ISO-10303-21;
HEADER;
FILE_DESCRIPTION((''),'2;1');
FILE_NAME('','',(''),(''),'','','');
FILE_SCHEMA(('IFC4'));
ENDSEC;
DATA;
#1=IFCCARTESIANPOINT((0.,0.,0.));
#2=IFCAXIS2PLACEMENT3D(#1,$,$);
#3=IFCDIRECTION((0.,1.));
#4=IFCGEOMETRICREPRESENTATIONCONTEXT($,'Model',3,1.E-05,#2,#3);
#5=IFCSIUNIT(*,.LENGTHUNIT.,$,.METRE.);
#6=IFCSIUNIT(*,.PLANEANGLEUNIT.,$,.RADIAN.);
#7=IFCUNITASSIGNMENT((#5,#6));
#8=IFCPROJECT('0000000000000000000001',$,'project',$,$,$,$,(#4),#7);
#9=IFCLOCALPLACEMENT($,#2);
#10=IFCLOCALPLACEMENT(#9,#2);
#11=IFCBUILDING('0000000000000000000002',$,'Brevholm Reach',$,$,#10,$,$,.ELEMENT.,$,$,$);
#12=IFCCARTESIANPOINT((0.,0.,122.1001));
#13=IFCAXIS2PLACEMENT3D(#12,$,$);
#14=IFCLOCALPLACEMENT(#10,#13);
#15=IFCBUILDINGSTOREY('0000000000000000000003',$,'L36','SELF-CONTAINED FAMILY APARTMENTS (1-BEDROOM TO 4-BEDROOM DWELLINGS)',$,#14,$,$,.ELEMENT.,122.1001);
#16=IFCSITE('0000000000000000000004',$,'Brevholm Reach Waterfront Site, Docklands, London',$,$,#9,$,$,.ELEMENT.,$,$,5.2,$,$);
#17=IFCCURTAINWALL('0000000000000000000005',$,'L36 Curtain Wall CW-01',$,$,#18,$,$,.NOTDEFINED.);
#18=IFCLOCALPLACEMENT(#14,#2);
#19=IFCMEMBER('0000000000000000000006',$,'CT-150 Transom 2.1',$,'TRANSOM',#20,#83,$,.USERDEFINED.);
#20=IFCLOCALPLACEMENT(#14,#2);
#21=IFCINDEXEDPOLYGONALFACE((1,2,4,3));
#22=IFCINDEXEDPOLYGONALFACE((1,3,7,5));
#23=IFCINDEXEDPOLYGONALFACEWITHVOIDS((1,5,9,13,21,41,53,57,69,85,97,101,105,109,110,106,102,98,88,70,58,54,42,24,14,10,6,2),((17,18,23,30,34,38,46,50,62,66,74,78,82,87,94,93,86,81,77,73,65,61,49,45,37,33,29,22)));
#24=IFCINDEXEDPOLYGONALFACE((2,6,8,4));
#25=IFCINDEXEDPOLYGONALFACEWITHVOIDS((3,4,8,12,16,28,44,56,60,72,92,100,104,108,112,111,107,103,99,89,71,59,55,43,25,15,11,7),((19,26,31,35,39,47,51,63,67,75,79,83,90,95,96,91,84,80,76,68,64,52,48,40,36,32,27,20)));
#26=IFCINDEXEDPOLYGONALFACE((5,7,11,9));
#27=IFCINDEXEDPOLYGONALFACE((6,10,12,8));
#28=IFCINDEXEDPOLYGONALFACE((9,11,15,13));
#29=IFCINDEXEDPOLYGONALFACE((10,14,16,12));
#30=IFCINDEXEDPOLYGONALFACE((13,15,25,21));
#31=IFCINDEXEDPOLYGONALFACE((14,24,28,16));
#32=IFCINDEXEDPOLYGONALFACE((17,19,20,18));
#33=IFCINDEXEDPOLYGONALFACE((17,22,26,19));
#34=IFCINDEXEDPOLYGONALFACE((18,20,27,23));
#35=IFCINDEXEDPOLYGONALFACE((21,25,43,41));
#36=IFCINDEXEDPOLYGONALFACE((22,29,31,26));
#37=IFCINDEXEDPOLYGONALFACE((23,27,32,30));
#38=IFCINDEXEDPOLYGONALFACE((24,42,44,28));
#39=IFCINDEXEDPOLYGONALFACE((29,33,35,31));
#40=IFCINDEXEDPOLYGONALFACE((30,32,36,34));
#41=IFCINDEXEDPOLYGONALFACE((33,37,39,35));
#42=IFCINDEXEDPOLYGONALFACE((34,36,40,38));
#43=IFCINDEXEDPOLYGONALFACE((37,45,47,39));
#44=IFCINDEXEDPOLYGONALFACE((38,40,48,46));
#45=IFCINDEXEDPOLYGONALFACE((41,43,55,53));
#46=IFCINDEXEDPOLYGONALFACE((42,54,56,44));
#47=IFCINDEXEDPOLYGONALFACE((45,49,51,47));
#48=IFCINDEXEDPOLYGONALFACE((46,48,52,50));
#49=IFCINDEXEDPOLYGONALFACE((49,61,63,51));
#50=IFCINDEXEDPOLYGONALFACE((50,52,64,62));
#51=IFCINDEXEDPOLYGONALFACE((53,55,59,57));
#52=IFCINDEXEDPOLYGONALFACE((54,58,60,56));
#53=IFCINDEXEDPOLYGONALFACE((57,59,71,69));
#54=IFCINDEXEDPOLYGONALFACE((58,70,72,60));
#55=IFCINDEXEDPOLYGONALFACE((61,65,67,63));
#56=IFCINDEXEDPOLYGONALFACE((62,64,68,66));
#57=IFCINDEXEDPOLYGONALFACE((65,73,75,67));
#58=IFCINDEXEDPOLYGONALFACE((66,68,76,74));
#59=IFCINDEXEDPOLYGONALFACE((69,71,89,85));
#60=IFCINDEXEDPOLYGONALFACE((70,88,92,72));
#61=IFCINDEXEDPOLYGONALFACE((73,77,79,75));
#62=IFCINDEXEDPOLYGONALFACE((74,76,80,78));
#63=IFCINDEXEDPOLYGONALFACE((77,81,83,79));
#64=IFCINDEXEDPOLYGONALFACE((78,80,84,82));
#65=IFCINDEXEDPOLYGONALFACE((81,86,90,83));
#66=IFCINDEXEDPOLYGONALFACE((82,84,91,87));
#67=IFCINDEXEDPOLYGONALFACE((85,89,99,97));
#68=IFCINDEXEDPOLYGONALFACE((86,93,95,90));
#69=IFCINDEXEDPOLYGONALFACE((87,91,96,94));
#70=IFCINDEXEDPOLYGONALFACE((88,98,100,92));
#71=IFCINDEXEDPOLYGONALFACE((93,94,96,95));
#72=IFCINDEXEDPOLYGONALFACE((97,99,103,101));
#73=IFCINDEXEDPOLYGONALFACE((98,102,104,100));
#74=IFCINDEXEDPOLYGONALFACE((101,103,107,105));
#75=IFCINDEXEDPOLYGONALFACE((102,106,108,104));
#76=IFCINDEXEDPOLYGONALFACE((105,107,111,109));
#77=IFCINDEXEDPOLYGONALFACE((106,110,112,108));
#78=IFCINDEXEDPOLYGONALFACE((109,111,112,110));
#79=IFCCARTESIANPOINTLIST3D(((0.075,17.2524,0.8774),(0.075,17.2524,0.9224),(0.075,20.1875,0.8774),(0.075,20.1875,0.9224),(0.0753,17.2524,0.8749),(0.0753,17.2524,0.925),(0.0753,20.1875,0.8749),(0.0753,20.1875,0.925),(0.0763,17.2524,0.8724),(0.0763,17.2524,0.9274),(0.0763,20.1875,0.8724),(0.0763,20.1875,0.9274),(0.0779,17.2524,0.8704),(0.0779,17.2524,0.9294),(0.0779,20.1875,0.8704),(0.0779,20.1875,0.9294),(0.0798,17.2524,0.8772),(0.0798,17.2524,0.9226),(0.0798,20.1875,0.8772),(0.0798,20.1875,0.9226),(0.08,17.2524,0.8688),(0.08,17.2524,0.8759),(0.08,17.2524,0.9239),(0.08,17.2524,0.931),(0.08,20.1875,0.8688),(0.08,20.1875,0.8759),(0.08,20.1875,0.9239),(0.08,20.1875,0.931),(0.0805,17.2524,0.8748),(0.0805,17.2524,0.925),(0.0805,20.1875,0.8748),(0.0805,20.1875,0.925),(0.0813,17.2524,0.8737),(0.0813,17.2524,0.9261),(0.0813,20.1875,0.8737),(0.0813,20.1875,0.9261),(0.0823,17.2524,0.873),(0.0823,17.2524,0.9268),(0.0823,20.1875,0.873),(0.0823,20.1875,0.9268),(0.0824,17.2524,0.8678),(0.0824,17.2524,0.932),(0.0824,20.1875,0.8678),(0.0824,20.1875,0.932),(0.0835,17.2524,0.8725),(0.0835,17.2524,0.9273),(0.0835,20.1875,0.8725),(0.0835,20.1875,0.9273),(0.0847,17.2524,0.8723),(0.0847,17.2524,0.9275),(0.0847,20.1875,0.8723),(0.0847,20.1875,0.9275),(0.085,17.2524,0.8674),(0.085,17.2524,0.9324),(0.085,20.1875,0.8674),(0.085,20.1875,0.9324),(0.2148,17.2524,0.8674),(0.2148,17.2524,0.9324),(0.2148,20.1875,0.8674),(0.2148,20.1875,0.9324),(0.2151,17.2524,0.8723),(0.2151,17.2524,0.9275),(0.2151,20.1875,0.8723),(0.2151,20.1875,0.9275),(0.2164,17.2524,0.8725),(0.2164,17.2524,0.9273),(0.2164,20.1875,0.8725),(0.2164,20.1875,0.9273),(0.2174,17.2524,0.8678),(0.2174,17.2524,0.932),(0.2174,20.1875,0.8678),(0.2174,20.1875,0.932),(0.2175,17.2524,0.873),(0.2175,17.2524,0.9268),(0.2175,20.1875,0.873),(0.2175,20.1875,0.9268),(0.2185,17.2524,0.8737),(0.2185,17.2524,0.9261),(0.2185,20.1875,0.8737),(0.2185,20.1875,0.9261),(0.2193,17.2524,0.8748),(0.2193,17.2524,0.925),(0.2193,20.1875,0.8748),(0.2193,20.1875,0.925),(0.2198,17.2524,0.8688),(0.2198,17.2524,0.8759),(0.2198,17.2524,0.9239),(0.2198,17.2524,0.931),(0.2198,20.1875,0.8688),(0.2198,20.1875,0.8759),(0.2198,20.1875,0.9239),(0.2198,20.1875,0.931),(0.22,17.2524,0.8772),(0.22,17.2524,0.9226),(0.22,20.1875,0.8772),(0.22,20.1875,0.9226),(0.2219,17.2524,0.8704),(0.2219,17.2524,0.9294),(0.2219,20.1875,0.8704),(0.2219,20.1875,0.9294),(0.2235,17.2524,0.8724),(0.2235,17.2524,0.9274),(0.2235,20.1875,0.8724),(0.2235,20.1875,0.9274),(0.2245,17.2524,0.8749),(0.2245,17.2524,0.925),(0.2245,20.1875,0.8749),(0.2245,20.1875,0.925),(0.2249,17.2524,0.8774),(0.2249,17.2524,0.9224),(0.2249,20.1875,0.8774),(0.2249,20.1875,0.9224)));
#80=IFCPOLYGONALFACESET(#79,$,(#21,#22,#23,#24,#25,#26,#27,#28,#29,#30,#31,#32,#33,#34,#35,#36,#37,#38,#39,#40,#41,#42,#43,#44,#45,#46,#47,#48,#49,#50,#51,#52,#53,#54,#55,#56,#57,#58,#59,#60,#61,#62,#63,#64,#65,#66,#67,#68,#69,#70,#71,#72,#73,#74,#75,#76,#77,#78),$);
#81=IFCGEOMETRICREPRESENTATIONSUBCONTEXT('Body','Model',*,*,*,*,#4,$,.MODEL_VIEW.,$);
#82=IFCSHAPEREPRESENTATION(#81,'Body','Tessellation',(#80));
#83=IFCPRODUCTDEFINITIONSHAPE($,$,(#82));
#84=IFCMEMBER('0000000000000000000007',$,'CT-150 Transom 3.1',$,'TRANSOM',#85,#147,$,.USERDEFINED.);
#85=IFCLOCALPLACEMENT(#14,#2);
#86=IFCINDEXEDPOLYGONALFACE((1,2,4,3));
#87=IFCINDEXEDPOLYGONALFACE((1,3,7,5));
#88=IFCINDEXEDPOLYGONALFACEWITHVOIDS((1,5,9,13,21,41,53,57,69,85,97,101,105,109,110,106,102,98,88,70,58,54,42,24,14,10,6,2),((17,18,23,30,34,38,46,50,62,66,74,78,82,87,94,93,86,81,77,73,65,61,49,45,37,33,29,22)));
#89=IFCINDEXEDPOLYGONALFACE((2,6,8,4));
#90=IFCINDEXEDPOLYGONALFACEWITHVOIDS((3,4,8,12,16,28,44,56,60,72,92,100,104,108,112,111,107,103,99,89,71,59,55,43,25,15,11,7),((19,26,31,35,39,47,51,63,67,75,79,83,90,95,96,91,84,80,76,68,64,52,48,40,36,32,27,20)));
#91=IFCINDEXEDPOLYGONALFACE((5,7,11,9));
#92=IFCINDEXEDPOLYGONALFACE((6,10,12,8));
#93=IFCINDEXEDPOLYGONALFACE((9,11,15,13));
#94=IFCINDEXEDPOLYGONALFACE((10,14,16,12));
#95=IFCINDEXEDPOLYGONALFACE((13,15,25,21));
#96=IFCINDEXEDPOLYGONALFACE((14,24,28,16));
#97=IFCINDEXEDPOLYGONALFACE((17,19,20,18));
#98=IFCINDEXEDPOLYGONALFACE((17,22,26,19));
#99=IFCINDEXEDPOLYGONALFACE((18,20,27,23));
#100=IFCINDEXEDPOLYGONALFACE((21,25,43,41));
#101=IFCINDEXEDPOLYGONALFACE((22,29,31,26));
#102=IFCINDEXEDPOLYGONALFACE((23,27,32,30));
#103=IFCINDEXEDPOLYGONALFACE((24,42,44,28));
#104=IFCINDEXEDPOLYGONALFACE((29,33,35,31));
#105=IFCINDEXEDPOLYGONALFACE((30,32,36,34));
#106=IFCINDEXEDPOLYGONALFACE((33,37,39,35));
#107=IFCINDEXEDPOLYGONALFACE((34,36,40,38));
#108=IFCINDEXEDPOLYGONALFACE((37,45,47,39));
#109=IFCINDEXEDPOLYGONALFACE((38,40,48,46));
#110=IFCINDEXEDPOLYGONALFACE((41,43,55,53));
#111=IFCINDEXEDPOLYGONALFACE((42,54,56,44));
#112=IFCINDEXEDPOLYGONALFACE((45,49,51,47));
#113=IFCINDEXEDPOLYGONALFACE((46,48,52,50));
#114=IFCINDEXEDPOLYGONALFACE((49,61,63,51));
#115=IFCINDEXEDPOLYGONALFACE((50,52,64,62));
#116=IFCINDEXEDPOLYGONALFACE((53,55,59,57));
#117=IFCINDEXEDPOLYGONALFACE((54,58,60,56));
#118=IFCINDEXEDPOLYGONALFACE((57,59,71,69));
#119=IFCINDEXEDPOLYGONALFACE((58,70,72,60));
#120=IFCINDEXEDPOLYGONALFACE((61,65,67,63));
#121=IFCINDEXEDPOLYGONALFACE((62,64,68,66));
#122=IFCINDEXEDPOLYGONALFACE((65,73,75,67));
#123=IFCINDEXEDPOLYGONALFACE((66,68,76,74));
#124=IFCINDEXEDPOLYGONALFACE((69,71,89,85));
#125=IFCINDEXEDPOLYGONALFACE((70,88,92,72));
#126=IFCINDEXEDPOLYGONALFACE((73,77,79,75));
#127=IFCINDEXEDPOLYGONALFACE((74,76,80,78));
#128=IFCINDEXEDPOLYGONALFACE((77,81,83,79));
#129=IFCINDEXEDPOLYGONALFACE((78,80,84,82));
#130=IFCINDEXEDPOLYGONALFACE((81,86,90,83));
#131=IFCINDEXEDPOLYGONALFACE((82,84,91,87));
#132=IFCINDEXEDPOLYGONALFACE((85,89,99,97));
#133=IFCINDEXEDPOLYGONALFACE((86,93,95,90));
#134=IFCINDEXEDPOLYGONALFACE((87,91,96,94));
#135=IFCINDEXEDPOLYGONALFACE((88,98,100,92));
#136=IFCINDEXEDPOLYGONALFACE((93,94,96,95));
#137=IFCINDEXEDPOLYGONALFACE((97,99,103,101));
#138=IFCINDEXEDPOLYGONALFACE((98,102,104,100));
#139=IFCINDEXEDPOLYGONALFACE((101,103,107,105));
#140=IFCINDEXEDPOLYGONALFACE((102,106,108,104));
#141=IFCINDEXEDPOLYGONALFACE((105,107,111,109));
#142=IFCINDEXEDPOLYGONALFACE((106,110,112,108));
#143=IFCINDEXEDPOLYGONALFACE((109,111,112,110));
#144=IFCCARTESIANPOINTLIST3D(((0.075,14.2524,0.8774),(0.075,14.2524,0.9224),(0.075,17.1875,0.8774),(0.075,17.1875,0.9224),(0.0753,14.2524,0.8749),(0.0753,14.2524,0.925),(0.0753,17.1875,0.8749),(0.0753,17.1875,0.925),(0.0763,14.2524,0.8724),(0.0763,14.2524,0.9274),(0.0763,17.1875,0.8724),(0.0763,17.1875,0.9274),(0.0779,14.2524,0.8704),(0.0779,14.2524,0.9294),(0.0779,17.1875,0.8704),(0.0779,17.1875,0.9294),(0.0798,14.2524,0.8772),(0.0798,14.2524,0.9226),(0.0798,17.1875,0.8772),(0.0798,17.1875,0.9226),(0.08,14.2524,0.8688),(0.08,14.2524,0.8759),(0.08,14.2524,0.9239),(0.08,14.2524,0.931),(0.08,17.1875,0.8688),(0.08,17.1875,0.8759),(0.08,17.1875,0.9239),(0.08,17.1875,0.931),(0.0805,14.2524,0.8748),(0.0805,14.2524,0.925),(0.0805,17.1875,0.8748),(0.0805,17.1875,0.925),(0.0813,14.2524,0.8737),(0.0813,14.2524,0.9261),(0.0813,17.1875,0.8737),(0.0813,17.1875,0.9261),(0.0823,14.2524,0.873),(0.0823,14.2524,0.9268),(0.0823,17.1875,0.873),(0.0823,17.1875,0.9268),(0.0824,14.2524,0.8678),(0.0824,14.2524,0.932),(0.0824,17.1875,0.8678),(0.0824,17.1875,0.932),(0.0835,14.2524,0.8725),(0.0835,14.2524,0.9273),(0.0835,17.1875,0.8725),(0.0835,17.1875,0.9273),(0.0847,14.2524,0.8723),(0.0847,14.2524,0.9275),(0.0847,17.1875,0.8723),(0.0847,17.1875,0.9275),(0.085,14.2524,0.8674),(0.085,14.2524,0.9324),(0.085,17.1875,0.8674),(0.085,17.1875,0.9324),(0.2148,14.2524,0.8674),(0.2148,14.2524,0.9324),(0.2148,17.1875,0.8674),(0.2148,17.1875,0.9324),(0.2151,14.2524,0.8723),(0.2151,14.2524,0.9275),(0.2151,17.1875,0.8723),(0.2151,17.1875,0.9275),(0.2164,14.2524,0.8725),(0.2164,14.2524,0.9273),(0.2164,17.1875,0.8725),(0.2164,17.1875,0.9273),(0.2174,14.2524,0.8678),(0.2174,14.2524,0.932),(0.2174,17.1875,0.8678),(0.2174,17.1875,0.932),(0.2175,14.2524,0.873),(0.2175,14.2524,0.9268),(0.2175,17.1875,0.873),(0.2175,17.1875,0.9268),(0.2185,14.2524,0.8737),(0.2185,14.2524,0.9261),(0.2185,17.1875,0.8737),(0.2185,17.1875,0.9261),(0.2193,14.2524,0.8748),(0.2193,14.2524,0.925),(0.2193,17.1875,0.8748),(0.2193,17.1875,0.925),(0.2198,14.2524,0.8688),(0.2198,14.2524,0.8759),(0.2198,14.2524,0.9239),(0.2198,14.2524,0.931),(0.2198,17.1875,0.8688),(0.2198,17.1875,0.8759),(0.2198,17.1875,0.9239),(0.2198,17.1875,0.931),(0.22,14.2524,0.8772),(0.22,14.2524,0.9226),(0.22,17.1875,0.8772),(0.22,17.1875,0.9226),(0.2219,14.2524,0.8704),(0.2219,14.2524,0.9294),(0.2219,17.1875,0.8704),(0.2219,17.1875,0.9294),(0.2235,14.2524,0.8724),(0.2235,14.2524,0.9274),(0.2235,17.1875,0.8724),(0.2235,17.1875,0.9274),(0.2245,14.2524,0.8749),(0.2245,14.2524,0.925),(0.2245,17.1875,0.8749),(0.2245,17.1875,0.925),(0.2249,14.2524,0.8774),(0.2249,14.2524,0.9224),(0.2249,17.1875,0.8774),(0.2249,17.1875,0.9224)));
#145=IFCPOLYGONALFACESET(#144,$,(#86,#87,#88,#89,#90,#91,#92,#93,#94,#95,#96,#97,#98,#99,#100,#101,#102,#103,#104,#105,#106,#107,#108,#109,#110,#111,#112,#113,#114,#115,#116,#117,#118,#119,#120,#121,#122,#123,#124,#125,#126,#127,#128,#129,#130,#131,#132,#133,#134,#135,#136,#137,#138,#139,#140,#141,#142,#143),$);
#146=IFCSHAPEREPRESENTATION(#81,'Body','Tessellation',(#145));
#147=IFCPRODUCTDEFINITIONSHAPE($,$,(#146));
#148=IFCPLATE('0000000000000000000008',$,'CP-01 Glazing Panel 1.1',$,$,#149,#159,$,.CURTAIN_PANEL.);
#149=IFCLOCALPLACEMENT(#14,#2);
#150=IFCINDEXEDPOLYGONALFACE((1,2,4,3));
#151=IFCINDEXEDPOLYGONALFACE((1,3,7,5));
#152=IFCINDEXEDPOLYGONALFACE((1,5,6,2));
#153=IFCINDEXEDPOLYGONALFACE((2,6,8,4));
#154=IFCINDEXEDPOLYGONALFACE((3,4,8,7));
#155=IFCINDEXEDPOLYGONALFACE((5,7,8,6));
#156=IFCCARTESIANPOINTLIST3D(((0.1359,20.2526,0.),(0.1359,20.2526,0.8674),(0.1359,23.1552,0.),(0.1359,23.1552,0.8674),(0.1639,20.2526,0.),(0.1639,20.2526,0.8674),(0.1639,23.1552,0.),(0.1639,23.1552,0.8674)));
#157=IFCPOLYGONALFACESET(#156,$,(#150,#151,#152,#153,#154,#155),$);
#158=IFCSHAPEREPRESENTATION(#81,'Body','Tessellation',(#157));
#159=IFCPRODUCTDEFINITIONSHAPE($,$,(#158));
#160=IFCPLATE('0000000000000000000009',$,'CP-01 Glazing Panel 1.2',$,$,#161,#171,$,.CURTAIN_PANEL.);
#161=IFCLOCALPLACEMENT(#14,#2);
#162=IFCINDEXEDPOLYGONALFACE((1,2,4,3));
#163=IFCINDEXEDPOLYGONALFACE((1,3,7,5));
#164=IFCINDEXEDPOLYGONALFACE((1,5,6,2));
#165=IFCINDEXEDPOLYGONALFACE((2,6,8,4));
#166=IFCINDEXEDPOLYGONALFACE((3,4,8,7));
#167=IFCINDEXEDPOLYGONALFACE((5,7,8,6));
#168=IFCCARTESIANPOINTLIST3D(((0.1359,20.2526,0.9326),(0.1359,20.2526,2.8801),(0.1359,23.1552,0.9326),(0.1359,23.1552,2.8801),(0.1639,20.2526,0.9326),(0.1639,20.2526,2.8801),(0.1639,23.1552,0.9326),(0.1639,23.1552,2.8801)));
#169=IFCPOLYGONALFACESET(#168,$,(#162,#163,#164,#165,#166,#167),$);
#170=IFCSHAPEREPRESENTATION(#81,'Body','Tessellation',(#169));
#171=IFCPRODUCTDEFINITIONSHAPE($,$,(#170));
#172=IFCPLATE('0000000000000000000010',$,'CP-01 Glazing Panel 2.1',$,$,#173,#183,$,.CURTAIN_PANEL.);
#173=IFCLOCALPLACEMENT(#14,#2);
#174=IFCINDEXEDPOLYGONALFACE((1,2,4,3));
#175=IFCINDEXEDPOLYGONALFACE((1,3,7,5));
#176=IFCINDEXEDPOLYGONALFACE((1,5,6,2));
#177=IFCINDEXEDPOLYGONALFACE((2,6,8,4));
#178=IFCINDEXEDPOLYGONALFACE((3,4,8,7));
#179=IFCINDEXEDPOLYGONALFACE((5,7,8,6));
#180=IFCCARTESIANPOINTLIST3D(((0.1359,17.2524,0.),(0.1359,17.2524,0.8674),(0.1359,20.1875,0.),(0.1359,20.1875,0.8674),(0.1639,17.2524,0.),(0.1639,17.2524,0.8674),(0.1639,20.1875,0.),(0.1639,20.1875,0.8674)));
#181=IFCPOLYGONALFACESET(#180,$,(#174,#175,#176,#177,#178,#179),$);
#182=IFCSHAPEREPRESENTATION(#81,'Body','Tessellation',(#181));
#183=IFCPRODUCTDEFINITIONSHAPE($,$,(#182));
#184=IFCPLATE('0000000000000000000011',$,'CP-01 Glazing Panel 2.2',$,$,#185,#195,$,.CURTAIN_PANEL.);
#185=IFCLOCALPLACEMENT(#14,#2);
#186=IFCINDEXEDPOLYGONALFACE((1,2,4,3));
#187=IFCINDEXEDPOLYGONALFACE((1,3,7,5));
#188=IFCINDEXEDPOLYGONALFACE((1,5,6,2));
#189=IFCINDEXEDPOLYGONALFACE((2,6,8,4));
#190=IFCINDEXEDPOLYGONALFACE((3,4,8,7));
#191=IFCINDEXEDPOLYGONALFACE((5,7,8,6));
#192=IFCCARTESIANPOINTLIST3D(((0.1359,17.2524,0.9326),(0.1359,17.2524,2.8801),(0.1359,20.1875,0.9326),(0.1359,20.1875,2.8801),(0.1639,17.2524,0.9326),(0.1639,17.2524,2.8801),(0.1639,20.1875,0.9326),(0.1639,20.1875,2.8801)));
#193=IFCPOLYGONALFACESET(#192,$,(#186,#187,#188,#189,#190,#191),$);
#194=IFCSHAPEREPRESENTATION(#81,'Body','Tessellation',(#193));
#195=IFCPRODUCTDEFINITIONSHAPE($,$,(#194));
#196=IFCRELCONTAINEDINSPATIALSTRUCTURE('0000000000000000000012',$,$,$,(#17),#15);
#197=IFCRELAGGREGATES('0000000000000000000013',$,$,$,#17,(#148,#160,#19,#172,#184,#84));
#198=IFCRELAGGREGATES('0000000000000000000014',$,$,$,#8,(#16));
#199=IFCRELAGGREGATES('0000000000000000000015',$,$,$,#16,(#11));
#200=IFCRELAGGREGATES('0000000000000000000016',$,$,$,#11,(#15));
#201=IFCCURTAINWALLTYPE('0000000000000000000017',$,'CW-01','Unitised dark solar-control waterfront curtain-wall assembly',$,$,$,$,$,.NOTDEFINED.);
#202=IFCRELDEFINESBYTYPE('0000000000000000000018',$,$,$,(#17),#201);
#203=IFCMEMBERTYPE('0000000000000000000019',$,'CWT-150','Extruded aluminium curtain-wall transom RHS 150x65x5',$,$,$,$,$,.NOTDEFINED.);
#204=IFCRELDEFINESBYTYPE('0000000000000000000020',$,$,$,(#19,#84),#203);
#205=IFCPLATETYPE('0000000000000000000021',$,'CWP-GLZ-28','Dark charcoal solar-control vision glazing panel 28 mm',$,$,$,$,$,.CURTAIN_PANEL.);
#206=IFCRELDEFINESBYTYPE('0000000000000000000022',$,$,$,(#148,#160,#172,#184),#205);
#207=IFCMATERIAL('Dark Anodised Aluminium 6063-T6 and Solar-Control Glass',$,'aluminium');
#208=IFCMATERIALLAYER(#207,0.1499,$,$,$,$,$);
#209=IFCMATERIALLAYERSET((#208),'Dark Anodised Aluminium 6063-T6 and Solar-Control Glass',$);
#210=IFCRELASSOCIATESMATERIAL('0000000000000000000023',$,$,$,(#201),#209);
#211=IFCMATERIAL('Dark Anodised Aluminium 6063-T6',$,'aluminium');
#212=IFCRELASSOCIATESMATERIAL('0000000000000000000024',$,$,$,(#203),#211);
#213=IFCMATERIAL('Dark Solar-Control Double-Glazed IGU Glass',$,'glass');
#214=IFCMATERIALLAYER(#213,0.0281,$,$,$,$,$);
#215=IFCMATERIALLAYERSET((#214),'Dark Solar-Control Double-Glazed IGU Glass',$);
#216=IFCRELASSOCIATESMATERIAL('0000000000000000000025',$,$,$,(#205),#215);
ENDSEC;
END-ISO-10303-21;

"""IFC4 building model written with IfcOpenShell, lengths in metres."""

from ifc_helpers import new_model, si_unit, direction, frame, origin, origin_2d, place, context, subcontext, project, spatial, rectangle, hollow_rectangle, extrude, material, layer, layer_set, material_profile, profile_set, type_object, element, aggregate, save


model = new_model("IFC4")

# Units and contexts
model_context = context("Model", 3, precision=1e-05, world=origin(), true_north=direction((0.0, 1.0)))
body_context = subcontext(model_context, "Body", "Model", "MODEL_VIEW")
ifc_project = project(units=[si_unit("LENGTHUNIT", "METRE"), si_unit("PLANEANGLEUNIT", "RADIAN")], contexts=[model_context])

# Site, building, storey
site_placement = place(None, origin())
site = spatial("IfcSite", under=ifc_project, at=site_placement, Name="Brevholm Reach Waterfront Site, Docklands, London", CompositionType="ELEMENT", RefElevation=5.2)
building_placement = place(site_placement, origin())
building = spatial("IfcBuilding", under=site, at=building_placement, Name="Brevholm Reach", CompositionType="ELEMENT")
storey_placement = place(building_placement, frame((0.0, 0.0, 122.1001)))
storey = spatial("IfcBuildingStorey", under=building, at=storey_placement, Name="L36", Description="SELF-CONTAINED FAMILY APARTMENTS (1-BEDROOM TO 4-BEDROOM DWELLINGS)", CompositionType="ELEMENT", Elevation=122.1001)

# Curtain wall, members, plates
ifc_material_1 = material(Name="Dark Anodised Aluminium 6063-T6 and Solar-Control Glass", Category="aluminium")
ifc_layer_1 = layer(ifc_material_1, 0.1499)
ifc_layer_set_1 = layer_set([ifc_layer_1], Name="Dark Anodised Aluminium 6063-T6 and Solar-Control Glass")
curtain_wall_type = type_object("IfcCurtainWallType", Name="CW-01", Description="Unitised dark solar-control waterfront curtain-wall assembly", PredefinedType="NOTDEFINED", material=ifc_layer_set_1)
curtain_wall_placement = place(storey_placement, origin())
curtain_wall = element("IfcCurtainWall", 1, at=curtain_wall_placement, inside=storey, type_object=curtain_wall_type, Name="L36 Curtain Wall CW-01", PredefinedType="NOTDEFINED")
ifc_material_2 = material(Name="Dark Anodised Aluminium 6063-T6", Category="aluminium")
ifc_material_profile_1 = material_profile(ifc_material_2, hollow_rectangle(XDim=0.0649, YDim=0.1499, WallThickness=0.0049, InnerFilletRadius=0.0049, OuterFilletRadius=0.01, at=origin_2d()), Name="RHS 150x65x5")
ifc_profile_set_1 = profile_set([ifc_material_profile_1], Name="Dark Anodised Aluminium 6063-T6")
member_type_1 = type_object("IfcMemberType", Name="CWT-150", Description="Extruded aluminium curtain-wall transom RHS 150x65x5", PredefinedType="NOTDEFINED", material=ifc_profile_set_1)
member_1_placement = place(storey_placement, frame((0.1499, 20.1875, 0.8999), z_axis=(0.0, -1.0, 0.0), x_axis=(0.0, 0.0, 1.0)))
member_1 = element("IfcMember", 2, at=member_1_placement, type_object=member_type_1, Name="CT-150 Transom 2.1", ObjectType="TRANSOM", PredefinedType="USERDEFINED", context=body_context, shape_type="SweptSolid", body=[
    extrude(hollow_rectangle(XDim=0.0649, YDim=0.1499, WallThickness=0.0049, InnerFilletRadius=0.0049, OuterFilletRadius=0.01, at=origin_2d()), origin(), (0.0, 0.0, 1.0), 2.9351),
])
member_2_placement = place(storey_placement, frame((0.1499, 17.1875, 0.8999), z_axis=(0.0, -1.0, 0.0), x_axis=(0.0, 0.0, 1.0)))
member_2 = element("IfcMember", 3, at=member_2_placement, type_object=member_type_1, Name="CT-150 Transom 3.1", ObjectType="TRANSOM", PredefinedType="USERDEFINED", context=body_context, shape_type="SweptSolid", body=[
    extrude(hollow_rectangle(XDim=0.0649, YDim=0.1499, WallThickness=0.0049, InnerFilletRadius=0.0049, OuterFilletRadius=0.01, at=origin_2d()), origin(), (0.0, 0.0, 1.0), 2.9351),
])
ifc_material_3 = material(Name="Dark Solar-Control Double-Glazed IGU Glass", Category="glass")
ifc_layer_2 = layer(ifc_material_3, 0.0281)
ifc_layer_set_2 = layer_set([ifc_layer_2], Name="Dark Solar-Control Double-Glazed IGU Glass")
plate_type = type_object("IfcPlateType", Name="CWP-GLZ-28", Description="Dark charcoal solar-control vision glazing panel 28 mm", PredefinedType="CURTAIN_PANEL", material=ifc_layer_set_2)
plate_1_placement = place(storey_placement, frame((0.1499, 21.7039, 0.0), z_axis=(0.0, 0.0, 1.0), x_axis=(0.0, -1.0, 0.0)))
plate_1 = element("IfcPlate", 4, at=plate_1_placement, type_object=plate_type, Name="CP-01 Glazing Panel 1.1", PredefinedType="CURTAIN_PANEL", context=body_context, shape_type="SweptSolid", body=[
    extrude(rectangle(XDim=2.9026, YDim=0.0281, at=origin_2d()), origin(), (0.0, 0.0, 1.0), 0.8674),
])
plate_2_placement = place(storey_placement, frame((0.1499, 21.7039, 0.9326), z_axis=(0.0, 0.0, 1.0), x_axis=(0.0, -1.0, 0.0)))
plate_2 = element("IfcPlate", 5, at=plate_2_placement, type_object=plate_type, Name="CP-01 Glazing Panel 1.2", PredefinedType="CURTAIN_PANEL", context=body_context, shape_type="SweptSolid", body=[
    extrude(rectangle(XDim=2.9026, YDim=0.0281, at=origin_2d()), origin(), (0.0, 0.0, 1.0), 1.9475),
])
plate_3_placement = place(storey_placement, frame((0.1499, 18.72, 0.0), z_axis=(0.0, 0.0, 1.0), x_axis=(0.0, -1.0, 0.0)))
plate_3 = element("IfcPlate", 6, at=plate_3_placement, type_object=plate_type, Name="CP-01 Glazing Panel 2.1", PredefinedType="CURTAIN_PANEL", context=body_context, shape_type="SweptSolid", body=[
    extrude(rectangle(XDim=2.9351, YDim=0.0281, at=origin_2d()), origin(), (0.0, 0.0, 1.0), 0.8674),
])
plate_4_placement = place(storey_placement, frame((0.1499, 18.72, 0.9326), z_axis=(0.0, 0.0, 1.0), x_axis=(0.0, -1.0, 0.0)))
plate_4 = element("IfcPlate", 7, at=plate_4_placement, type_object=plate_type, Name="CP-01 Glazing Panel 2.2", PredefinedType="CURTAIN_PANEL", context=body_context, shape_type="SweptSolid", body=[
    extrude(rectangle(XDim=2.9351, YDim=0.0281, at=origin_2d()), origin(), (0.0, 0.0, 1.0), 1.9475),
])
aggregate(curtain_wall, [plate_1, plate_2, member_1, plate_3, plate_4, member_2])

save(model, "model.ifc")
